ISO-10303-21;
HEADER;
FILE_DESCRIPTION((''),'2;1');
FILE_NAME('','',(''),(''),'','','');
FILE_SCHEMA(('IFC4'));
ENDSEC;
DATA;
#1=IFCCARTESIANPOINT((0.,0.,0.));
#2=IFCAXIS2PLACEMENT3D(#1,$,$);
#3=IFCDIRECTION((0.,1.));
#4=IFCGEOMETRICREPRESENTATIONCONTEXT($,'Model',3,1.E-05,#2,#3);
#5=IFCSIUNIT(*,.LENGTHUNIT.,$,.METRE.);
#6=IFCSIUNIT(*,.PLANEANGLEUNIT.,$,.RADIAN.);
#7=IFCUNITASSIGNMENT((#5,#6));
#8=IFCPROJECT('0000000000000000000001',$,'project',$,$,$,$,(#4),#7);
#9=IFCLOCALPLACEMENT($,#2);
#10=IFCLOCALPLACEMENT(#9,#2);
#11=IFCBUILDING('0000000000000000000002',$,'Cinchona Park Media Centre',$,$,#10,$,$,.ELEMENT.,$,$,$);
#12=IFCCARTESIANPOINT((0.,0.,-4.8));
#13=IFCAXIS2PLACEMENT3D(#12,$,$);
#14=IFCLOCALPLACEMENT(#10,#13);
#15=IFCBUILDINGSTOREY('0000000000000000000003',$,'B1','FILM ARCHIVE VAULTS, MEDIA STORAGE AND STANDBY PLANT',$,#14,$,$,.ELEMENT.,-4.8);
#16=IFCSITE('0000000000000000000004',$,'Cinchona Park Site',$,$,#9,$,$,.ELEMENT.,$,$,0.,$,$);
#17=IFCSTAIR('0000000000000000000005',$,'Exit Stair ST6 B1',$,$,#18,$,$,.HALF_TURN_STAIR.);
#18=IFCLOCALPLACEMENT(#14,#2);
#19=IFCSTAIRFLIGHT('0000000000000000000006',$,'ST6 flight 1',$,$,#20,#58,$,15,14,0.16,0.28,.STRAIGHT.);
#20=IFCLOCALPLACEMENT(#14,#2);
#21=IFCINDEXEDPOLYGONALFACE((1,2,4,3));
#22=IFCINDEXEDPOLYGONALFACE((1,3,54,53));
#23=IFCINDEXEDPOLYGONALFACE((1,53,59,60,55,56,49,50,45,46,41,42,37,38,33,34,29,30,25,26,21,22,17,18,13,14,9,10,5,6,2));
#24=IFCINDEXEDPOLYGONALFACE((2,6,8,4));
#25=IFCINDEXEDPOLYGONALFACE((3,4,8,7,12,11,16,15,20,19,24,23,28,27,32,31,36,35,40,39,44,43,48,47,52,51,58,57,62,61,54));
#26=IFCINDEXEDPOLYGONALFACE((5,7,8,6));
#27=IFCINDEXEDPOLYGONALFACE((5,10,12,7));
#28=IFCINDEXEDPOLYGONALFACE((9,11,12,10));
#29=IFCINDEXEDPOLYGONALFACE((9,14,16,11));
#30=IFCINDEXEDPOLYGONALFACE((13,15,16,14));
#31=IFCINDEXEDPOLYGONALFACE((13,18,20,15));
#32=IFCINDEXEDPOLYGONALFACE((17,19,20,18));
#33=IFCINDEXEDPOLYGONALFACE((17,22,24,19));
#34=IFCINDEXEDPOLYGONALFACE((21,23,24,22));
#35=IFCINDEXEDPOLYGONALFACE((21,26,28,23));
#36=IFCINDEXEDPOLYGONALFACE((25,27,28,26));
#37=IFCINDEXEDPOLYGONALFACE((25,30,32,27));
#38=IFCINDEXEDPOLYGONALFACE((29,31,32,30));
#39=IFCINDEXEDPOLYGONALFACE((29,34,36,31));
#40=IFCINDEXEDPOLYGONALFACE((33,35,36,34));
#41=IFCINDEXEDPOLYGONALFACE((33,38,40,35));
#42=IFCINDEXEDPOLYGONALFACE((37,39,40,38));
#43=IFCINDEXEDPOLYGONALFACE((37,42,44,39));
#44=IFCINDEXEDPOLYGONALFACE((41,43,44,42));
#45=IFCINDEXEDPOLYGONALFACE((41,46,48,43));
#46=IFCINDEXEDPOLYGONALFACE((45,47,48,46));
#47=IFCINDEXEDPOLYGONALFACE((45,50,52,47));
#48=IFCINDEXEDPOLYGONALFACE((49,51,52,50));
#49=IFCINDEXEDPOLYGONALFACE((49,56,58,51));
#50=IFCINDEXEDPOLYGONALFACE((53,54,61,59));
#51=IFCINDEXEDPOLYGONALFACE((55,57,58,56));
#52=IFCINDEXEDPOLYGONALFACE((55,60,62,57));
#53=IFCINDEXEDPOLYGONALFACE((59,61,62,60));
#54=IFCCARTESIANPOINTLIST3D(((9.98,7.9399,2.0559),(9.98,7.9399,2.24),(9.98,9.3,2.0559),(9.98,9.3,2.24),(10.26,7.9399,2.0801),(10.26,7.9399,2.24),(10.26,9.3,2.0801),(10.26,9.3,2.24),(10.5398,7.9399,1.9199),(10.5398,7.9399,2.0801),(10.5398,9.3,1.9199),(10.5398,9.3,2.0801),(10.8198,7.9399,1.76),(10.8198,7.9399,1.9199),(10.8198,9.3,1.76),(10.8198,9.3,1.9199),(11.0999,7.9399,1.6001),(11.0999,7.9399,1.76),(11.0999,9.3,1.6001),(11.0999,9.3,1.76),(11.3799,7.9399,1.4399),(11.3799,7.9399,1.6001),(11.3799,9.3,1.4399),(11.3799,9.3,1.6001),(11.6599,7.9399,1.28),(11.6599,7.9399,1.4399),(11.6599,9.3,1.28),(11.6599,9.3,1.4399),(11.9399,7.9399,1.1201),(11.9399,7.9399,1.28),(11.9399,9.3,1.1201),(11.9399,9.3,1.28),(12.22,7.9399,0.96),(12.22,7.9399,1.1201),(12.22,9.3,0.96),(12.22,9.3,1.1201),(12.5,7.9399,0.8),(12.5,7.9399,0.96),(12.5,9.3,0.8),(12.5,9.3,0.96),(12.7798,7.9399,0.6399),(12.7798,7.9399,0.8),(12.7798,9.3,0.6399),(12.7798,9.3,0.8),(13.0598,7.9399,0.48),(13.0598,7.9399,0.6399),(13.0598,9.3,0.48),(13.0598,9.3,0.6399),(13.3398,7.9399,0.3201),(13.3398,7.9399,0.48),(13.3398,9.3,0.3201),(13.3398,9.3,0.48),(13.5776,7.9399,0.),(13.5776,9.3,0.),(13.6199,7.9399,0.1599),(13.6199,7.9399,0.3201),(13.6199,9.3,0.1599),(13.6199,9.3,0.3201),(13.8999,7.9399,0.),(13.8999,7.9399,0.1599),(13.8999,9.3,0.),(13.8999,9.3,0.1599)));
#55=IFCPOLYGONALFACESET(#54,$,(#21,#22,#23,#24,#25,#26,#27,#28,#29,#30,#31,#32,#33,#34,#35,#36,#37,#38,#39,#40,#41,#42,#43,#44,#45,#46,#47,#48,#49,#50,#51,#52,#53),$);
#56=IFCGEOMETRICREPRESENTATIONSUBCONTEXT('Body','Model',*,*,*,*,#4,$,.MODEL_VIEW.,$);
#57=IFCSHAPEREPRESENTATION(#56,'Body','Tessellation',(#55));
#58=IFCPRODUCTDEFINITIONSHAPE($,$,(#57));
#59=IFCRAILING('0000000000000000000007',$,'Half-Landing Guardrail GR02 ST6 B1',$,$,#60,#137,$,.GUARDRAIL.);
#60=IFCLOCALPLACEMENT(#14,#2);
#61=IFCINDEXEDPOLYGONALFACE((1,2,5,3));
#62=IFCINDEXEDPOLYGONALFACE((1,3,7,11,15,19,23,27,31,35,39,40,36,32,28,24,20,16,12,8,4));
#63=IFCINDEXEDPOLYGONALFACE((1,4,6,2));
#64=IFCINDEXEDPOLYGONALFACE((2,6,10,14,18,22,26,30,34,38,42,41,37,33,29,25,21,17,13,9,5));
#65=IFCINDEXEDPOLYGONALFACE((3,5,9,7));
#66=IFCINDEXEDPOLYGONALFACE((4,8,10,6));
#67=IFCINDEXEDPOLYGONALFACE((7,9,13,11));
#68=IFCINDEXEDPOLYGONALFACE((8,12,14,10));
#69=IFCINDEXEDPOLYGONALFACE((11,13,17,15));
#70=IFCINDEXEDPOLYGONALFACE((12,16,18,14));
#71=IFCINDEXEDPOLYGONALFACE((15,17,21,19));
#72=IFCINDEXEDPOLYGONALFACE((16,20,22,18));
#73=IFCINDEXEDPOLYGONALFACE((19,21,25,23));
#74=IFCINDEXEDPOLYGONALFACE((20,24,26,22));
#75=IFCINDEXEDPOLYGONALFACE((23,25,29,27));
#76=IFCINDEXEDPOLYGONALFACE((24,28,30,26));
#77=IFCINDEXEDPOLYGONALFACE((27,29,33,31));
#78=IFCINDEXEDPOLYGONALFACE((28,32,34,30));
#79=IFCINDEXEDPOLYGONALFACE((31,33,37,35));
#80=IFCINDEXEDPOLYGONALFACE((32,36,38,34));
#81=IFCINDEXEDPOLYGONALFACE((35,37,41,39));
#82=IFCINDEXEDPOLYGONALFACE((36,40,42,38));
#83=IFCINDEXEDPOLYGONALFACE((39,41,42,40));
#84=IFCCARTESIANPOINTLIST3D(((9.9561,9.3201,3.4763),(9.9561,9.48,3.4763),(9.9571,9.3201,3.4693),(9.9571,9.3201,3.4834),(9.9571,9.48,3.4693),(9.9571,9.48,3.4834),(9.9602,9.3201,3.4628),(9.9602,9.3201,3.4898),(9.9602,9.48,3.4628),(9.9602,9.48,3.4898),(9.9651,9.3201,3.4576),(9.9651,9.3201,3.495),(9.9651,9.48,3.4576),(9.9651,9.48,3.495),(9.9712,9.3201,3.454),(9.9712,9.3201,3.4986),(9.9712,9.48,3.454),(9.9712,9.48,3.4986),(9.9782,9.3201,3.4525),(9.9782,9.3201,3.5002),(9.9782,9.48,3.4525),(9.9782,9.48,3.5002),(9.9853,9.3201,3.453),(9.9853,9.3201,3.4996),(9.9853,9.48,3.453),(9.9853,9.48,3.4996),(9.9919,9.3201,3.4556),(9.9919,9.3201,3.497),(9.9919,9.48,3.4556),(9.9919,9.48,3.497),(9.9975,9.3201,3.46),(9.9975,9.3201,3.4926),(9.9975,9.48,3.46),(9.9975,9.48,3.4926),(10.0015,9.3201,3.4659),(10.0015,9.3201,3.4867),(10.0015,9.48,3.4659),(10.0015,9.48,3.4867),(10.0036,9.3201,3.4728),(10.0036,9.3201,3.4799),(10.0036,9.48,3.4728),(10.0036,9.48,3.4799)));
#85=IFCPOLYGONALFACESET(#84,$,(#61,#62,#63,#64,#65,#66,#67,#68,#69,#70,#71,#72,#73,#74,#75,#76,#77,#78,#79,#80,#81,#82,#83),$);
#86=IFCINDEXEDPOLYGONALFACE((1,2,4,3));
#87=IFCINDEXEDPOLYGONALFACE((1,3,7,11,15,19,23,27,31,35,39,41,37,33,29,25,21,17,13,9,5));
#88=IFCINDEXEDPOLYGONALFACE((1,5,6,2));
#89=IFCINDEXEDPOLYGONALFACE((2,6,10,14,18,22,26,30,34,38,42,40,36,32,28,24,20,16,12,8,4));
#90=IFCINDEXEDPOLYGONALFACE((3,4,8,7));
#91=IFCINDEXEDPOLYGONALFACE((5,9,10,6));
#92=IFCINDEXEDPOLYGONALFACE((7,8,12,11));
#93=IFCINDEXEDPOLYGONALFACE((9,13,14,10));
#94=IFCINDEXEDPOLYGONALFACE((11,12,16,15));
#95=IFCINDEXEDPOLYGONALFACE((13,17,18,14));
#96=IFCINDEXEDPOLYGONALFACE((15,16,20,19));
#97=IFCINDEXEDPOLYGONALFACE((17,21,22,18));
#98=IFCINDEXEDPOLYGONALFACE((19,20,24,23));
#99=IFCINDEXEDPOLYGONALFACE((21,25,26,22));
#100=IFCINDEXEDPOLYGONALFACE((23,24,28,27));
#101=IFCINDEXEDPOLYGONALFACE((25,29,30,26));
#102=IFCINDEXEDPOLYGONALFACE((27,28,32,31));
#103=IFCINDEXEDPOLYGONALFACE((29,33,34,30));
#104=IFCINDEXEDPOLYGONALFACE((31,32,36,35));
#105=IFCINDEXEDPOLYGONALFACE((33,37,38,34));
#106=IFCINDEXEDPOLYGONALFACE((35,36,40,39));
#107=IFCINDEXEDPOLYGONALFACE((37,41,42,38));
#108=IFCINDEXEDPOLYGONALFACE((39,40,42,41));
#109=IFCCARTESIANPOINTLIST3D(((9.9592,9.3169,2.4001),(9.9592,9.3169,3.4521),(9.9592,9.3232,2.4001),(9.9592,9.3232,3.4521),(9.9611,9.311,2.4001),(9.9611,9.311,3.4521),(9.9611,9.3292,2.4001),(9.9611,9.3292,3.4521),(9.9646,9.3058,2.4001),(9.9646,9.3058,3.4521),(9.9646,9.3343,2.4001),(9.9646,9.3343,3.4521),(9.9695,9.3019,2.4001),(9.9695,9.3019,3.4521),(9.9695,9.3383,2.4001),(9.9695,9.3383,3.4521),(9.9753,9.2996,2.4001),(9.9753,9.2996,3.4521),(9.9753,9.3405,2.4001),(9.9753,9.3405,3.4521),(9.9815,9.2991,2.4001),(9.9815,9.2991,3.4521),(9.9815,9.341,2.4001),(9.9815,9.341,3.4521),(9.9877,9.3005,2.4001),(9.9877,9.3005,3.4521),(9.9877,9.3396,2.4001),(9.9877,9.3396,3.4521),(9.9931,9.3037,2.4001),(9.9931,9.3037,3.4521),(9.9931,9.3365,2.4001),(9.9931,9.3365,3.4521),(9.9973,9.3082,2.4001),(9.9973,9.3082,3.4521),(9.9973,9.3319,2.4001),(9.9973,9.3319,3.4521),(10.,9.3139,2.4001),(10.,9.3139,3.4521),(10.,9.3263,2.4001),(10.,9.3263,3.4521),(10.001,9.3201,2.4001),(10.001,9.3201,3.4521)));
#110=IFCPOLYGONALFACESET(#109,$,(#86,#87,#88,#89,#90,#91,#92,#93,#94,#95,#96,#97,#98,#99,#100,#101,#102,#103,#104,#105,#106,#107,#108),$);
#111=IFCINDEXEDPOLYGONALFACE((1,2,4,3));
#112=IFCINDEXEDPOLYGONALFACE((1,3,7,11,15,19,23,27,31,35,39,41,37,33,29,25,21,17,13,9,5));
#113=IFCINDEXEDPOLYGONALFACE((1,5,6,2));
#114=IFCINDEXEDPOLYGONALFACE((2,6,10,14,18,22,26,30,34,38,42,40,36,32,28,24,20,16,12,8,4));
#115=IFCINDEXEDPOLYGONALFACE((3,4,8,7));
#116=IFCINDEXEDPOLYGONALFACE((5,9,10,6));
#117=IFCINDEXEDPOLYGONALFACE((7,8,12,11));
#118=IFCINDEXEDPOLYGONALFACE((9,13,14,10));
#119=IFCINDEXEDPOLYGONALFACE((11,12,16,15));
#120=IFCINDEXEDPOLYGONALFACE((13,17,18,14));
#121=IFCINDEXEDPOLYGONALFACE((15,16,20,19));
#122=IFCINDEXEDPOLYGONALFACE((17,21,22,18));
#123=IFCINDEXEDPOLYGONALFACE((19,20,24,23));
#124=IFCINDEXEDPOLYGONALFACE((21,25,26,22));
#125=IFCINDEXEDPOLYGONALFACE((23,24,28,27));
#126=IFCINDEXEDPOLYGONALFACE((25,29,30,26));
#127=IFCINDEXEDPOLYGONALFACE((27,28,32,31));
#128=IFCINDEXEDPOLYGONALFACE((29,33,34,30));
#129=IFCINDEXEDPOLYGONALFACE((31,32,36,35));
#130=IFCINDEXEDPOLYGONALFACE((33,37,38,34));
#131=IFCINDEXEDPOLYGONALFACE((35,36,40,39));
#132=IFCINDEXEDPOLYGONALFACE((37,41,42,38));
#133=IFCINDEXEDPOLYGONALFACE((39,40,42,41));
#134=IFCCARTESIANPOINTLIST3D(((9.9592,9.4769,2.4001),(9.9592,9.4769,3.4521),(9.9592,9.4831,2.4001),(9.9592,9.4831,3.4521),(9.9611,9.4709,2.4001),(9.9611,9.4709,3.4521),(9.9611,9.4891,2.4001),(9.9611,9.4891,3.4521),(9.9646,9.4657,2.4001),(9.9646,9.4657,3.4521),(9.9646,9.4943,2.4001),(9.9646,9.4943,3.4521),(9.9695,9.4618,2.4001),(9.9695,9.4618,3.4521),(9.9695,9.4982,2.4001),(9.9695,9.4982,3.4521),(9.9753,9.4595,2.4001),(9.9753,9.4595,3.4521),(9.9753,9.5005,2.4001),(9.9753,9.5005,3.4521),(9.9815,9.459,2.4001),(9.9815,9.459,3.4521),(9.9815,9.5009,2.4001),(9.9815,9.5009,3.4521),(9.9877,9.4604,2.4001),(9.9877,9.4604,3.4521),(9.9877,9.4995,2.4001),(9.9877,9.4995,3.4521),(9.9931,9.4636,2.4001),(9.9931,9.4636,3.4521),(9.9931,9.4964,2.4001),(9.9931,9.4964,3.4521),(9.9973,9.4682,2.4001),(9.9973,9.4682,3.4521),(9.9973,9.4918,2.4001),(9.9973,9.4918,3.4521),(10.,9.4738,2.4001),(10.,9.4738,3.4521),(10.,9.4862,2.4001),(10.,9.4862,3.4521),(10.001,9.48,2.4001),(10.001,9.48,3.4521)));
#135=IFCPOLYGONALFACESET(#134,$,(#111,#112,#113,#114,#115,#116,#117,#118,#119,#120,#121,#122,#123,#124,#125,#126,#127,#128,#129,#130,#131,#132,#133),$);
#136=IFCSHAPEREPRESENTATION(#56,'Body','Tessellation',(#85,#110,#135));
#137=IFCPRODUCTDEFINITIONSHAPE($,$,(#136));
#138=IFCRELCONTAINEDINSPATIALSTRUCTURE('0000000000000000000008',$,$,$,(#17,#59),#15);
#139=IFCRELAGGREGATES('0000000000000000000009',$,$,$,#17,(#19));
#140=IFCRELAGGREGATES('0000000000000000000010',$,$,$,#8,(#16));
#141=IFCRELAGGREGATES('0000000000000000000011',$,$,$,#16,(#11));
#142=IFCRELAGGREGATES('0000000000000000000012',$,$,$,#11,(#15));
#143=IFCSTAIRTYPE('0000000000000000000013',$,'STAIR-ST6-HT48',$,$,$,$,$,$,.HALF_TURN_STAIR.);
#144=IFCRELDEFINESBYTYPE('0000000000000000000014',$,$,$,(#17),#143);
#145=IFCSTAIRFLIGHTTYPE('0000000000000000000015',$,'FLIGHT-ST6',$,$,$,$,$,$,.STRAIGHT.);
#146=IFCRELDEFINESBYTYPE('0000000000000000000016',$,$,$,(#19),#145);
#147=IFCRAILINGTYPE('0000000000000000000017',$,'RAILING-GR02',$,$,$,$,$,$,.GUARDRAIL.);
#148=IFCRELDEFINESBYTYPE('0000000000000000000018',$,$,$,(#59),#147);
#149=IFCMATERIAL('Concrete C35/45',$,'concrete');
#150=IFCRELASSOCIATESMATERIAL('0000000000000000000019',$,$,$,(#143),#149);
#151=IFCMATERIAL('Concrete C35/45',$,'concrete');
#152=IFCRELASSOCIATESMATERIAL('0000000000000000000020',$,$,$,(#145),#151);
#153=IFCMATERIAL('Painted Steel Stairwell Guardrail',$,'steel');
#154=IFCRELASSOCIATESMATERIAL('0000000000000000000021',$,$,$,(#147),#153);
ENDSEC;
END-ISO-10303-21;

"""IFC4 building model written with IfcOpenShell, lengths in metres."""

from ifc_helpers import new_model, si_unit, direction, frame, origin, origin_2d, place, context, subcontext, project, spatial, polyline, circle, outline, extrude, material, type_object, element, aggregate, save


model = new_model("IFC4")

# Units and contexts
model_context = context("Model", 3, precision=1e-05, world=origin(), true_north=direction((0.0, 1.0)))
body_context = subcontext(model_context, "Body", "Model", "MODEL_VIEW")
ifc_project = project(units=[si_unit("LENGTHUNIT", "METRE"), si_unit("PLANEANGLEUNIT", "RADIAN")], contexts=[model_context])

# Site, building, storey
site_placement = place(None, origin())
site = spatial("IfcSite", under=ifc_project, at=site_placement, Name="Cinchona Park Site", CompositionType="ELEMENT", RefElevation=0.0)
building_placement = place(site_placement, origin())
building = spatial("IfcBuilding", under=site, at=building_placement, Name="Cinchona Park Media Centre", CompositionType="ELEMENT")
storey_placement = place(building_placement, frame((0.0, 0.0, -4.8)))
storey = spatial("IfcBuildingStorey", under=building, at=storey_placement, Name="B1", Description="FILM ARCHIVE VAULTS, MEDIA STORAGE AND STANDBY PLANT", CompositionType="ELEMENT", Elevation=-4.8)

# Stair
ifc_material_1 = material(Name="Concrete C35/45", Category="concrete")
stair_type_1 = type_object("IfcStairType", Name="STAIR-ST6-HT48", PredefinedType="HALF_TURN_STAIR", material=ifc_material_1)
stair_1_placement = place(storey_placement, origin())
stair_1 = element("IfcStair", 1, at=stair_1_placement, inside=storey, type_object=stair_type_1, Name="Exit Stair ST6 B1", PredefinedType="HALF_TURN_STAIR")

# Stair flight
ifc_material_2 = material(Name="Concrete C35/45", Category="concrete")
stair_flight_type = type_object("IfcStairFlightType", Name="FLIGHT-ST6", PredefinedType="STRAIGHT", material=ifc_material_2)
stair_flight_placement = place(storey_placement, frame((13.8999, 8.6201, 0.0), z_axis=(0.0, 0.0, 1.0), x_axis=(-1.0, 0.0, 0.0)))
stair_flight = element("IfcStairFlight", 2, at=stair_flight_placement, type_object=stair_flight_type, Name="ST6 flight 1", NumberOfRisers=15, NumberOfTreads=14, PredefinedType="STRAIGHT", RiserHeight=0.16, TreadLength=0.28, context=body_context, shape_type="SweptSolid", body=[
    extrude(outline(polyline([(0.0, 0.0), (0.0, 0.1599), (0.28, 0.1599), (0.28, 0.3201), (0.5601, 0.3201), (0.5601, 0.48), (0.8401, 0.48), (0.8401, 0.6399), (1.1201, 0.6399), (1.1201, 0.8), (1.3999, 0.8), (1.3999, 0.96), (1.6799, 0.96), (1.6799, 1.1201), (1.96, 1.1201), (1.96, 1.28), (2.24, 1.28), (2.24, 1.4399), (2.52, 1.4399), (2.52, 1.6001), (2.8, 1.6001), (2.8, 1.76), (3.0801, 1.76), (3.0801, 1.9199), (3.3601, 1.9199), (3.3601, 2.0801), (3.6399, 2.0801), (3.6399, 2.24), (3.9199, 2.24), (3.9199, 2.3999), (3.9199, 2.0559), (0.3223, 0.0), (0.0, 0.0)])), frame((0.0, 0.6802, 0.0), z_axis=(0.0, -1.0, 0.0), x_axis=(1.0, 0.0, 0.0)), (0.0, 0.0, 1.0), 1.3601),
])
aggregate(stair_1, [stair_flight])

# Railing
ifc_material_3 = material(Name="Painted Steel Stairwell Guardrail", Category="steel")
railing_type_1 = type_object("IfcRailingType", Name="RAILING-GR02", PredefinedType="GUARDRAIL", material=ifc_material_3)
railing_1_placement = place(storey_placement, frame((9.98, 9.3201, 2.4001)))
element("IfcRailing", 3, at=railing_1_placement, inside=storey, type_object=railing_type_1, Name="Half-Landing Guardrail GR02 ST6 B1", PredefinedType="GUARDRAIL", context=body_context, shape_type="SweptSolid", body=[
    extrude(circle(Radius=0.0239, at=origin_2d()), frame((0.0, 0.0, 1.0762), z_axis=(0.0, 1.0, 0.0), x_axis=(-1.0, 0.0, 0.0)), (0.0, 0.0, 1.0), 0.1599),
    extrude(circle(Radius=0.021, at=origin_2d()), origin(), (0.0, 0.0, 1.0), 1.052),
    extrude(circle(Radius=0.021, at=origin_2d()), frame((0.0, 0.1599, 0.0)), (0.0, 0.0, 1.0), 1.052),
])

save(model, "model.ifc")
